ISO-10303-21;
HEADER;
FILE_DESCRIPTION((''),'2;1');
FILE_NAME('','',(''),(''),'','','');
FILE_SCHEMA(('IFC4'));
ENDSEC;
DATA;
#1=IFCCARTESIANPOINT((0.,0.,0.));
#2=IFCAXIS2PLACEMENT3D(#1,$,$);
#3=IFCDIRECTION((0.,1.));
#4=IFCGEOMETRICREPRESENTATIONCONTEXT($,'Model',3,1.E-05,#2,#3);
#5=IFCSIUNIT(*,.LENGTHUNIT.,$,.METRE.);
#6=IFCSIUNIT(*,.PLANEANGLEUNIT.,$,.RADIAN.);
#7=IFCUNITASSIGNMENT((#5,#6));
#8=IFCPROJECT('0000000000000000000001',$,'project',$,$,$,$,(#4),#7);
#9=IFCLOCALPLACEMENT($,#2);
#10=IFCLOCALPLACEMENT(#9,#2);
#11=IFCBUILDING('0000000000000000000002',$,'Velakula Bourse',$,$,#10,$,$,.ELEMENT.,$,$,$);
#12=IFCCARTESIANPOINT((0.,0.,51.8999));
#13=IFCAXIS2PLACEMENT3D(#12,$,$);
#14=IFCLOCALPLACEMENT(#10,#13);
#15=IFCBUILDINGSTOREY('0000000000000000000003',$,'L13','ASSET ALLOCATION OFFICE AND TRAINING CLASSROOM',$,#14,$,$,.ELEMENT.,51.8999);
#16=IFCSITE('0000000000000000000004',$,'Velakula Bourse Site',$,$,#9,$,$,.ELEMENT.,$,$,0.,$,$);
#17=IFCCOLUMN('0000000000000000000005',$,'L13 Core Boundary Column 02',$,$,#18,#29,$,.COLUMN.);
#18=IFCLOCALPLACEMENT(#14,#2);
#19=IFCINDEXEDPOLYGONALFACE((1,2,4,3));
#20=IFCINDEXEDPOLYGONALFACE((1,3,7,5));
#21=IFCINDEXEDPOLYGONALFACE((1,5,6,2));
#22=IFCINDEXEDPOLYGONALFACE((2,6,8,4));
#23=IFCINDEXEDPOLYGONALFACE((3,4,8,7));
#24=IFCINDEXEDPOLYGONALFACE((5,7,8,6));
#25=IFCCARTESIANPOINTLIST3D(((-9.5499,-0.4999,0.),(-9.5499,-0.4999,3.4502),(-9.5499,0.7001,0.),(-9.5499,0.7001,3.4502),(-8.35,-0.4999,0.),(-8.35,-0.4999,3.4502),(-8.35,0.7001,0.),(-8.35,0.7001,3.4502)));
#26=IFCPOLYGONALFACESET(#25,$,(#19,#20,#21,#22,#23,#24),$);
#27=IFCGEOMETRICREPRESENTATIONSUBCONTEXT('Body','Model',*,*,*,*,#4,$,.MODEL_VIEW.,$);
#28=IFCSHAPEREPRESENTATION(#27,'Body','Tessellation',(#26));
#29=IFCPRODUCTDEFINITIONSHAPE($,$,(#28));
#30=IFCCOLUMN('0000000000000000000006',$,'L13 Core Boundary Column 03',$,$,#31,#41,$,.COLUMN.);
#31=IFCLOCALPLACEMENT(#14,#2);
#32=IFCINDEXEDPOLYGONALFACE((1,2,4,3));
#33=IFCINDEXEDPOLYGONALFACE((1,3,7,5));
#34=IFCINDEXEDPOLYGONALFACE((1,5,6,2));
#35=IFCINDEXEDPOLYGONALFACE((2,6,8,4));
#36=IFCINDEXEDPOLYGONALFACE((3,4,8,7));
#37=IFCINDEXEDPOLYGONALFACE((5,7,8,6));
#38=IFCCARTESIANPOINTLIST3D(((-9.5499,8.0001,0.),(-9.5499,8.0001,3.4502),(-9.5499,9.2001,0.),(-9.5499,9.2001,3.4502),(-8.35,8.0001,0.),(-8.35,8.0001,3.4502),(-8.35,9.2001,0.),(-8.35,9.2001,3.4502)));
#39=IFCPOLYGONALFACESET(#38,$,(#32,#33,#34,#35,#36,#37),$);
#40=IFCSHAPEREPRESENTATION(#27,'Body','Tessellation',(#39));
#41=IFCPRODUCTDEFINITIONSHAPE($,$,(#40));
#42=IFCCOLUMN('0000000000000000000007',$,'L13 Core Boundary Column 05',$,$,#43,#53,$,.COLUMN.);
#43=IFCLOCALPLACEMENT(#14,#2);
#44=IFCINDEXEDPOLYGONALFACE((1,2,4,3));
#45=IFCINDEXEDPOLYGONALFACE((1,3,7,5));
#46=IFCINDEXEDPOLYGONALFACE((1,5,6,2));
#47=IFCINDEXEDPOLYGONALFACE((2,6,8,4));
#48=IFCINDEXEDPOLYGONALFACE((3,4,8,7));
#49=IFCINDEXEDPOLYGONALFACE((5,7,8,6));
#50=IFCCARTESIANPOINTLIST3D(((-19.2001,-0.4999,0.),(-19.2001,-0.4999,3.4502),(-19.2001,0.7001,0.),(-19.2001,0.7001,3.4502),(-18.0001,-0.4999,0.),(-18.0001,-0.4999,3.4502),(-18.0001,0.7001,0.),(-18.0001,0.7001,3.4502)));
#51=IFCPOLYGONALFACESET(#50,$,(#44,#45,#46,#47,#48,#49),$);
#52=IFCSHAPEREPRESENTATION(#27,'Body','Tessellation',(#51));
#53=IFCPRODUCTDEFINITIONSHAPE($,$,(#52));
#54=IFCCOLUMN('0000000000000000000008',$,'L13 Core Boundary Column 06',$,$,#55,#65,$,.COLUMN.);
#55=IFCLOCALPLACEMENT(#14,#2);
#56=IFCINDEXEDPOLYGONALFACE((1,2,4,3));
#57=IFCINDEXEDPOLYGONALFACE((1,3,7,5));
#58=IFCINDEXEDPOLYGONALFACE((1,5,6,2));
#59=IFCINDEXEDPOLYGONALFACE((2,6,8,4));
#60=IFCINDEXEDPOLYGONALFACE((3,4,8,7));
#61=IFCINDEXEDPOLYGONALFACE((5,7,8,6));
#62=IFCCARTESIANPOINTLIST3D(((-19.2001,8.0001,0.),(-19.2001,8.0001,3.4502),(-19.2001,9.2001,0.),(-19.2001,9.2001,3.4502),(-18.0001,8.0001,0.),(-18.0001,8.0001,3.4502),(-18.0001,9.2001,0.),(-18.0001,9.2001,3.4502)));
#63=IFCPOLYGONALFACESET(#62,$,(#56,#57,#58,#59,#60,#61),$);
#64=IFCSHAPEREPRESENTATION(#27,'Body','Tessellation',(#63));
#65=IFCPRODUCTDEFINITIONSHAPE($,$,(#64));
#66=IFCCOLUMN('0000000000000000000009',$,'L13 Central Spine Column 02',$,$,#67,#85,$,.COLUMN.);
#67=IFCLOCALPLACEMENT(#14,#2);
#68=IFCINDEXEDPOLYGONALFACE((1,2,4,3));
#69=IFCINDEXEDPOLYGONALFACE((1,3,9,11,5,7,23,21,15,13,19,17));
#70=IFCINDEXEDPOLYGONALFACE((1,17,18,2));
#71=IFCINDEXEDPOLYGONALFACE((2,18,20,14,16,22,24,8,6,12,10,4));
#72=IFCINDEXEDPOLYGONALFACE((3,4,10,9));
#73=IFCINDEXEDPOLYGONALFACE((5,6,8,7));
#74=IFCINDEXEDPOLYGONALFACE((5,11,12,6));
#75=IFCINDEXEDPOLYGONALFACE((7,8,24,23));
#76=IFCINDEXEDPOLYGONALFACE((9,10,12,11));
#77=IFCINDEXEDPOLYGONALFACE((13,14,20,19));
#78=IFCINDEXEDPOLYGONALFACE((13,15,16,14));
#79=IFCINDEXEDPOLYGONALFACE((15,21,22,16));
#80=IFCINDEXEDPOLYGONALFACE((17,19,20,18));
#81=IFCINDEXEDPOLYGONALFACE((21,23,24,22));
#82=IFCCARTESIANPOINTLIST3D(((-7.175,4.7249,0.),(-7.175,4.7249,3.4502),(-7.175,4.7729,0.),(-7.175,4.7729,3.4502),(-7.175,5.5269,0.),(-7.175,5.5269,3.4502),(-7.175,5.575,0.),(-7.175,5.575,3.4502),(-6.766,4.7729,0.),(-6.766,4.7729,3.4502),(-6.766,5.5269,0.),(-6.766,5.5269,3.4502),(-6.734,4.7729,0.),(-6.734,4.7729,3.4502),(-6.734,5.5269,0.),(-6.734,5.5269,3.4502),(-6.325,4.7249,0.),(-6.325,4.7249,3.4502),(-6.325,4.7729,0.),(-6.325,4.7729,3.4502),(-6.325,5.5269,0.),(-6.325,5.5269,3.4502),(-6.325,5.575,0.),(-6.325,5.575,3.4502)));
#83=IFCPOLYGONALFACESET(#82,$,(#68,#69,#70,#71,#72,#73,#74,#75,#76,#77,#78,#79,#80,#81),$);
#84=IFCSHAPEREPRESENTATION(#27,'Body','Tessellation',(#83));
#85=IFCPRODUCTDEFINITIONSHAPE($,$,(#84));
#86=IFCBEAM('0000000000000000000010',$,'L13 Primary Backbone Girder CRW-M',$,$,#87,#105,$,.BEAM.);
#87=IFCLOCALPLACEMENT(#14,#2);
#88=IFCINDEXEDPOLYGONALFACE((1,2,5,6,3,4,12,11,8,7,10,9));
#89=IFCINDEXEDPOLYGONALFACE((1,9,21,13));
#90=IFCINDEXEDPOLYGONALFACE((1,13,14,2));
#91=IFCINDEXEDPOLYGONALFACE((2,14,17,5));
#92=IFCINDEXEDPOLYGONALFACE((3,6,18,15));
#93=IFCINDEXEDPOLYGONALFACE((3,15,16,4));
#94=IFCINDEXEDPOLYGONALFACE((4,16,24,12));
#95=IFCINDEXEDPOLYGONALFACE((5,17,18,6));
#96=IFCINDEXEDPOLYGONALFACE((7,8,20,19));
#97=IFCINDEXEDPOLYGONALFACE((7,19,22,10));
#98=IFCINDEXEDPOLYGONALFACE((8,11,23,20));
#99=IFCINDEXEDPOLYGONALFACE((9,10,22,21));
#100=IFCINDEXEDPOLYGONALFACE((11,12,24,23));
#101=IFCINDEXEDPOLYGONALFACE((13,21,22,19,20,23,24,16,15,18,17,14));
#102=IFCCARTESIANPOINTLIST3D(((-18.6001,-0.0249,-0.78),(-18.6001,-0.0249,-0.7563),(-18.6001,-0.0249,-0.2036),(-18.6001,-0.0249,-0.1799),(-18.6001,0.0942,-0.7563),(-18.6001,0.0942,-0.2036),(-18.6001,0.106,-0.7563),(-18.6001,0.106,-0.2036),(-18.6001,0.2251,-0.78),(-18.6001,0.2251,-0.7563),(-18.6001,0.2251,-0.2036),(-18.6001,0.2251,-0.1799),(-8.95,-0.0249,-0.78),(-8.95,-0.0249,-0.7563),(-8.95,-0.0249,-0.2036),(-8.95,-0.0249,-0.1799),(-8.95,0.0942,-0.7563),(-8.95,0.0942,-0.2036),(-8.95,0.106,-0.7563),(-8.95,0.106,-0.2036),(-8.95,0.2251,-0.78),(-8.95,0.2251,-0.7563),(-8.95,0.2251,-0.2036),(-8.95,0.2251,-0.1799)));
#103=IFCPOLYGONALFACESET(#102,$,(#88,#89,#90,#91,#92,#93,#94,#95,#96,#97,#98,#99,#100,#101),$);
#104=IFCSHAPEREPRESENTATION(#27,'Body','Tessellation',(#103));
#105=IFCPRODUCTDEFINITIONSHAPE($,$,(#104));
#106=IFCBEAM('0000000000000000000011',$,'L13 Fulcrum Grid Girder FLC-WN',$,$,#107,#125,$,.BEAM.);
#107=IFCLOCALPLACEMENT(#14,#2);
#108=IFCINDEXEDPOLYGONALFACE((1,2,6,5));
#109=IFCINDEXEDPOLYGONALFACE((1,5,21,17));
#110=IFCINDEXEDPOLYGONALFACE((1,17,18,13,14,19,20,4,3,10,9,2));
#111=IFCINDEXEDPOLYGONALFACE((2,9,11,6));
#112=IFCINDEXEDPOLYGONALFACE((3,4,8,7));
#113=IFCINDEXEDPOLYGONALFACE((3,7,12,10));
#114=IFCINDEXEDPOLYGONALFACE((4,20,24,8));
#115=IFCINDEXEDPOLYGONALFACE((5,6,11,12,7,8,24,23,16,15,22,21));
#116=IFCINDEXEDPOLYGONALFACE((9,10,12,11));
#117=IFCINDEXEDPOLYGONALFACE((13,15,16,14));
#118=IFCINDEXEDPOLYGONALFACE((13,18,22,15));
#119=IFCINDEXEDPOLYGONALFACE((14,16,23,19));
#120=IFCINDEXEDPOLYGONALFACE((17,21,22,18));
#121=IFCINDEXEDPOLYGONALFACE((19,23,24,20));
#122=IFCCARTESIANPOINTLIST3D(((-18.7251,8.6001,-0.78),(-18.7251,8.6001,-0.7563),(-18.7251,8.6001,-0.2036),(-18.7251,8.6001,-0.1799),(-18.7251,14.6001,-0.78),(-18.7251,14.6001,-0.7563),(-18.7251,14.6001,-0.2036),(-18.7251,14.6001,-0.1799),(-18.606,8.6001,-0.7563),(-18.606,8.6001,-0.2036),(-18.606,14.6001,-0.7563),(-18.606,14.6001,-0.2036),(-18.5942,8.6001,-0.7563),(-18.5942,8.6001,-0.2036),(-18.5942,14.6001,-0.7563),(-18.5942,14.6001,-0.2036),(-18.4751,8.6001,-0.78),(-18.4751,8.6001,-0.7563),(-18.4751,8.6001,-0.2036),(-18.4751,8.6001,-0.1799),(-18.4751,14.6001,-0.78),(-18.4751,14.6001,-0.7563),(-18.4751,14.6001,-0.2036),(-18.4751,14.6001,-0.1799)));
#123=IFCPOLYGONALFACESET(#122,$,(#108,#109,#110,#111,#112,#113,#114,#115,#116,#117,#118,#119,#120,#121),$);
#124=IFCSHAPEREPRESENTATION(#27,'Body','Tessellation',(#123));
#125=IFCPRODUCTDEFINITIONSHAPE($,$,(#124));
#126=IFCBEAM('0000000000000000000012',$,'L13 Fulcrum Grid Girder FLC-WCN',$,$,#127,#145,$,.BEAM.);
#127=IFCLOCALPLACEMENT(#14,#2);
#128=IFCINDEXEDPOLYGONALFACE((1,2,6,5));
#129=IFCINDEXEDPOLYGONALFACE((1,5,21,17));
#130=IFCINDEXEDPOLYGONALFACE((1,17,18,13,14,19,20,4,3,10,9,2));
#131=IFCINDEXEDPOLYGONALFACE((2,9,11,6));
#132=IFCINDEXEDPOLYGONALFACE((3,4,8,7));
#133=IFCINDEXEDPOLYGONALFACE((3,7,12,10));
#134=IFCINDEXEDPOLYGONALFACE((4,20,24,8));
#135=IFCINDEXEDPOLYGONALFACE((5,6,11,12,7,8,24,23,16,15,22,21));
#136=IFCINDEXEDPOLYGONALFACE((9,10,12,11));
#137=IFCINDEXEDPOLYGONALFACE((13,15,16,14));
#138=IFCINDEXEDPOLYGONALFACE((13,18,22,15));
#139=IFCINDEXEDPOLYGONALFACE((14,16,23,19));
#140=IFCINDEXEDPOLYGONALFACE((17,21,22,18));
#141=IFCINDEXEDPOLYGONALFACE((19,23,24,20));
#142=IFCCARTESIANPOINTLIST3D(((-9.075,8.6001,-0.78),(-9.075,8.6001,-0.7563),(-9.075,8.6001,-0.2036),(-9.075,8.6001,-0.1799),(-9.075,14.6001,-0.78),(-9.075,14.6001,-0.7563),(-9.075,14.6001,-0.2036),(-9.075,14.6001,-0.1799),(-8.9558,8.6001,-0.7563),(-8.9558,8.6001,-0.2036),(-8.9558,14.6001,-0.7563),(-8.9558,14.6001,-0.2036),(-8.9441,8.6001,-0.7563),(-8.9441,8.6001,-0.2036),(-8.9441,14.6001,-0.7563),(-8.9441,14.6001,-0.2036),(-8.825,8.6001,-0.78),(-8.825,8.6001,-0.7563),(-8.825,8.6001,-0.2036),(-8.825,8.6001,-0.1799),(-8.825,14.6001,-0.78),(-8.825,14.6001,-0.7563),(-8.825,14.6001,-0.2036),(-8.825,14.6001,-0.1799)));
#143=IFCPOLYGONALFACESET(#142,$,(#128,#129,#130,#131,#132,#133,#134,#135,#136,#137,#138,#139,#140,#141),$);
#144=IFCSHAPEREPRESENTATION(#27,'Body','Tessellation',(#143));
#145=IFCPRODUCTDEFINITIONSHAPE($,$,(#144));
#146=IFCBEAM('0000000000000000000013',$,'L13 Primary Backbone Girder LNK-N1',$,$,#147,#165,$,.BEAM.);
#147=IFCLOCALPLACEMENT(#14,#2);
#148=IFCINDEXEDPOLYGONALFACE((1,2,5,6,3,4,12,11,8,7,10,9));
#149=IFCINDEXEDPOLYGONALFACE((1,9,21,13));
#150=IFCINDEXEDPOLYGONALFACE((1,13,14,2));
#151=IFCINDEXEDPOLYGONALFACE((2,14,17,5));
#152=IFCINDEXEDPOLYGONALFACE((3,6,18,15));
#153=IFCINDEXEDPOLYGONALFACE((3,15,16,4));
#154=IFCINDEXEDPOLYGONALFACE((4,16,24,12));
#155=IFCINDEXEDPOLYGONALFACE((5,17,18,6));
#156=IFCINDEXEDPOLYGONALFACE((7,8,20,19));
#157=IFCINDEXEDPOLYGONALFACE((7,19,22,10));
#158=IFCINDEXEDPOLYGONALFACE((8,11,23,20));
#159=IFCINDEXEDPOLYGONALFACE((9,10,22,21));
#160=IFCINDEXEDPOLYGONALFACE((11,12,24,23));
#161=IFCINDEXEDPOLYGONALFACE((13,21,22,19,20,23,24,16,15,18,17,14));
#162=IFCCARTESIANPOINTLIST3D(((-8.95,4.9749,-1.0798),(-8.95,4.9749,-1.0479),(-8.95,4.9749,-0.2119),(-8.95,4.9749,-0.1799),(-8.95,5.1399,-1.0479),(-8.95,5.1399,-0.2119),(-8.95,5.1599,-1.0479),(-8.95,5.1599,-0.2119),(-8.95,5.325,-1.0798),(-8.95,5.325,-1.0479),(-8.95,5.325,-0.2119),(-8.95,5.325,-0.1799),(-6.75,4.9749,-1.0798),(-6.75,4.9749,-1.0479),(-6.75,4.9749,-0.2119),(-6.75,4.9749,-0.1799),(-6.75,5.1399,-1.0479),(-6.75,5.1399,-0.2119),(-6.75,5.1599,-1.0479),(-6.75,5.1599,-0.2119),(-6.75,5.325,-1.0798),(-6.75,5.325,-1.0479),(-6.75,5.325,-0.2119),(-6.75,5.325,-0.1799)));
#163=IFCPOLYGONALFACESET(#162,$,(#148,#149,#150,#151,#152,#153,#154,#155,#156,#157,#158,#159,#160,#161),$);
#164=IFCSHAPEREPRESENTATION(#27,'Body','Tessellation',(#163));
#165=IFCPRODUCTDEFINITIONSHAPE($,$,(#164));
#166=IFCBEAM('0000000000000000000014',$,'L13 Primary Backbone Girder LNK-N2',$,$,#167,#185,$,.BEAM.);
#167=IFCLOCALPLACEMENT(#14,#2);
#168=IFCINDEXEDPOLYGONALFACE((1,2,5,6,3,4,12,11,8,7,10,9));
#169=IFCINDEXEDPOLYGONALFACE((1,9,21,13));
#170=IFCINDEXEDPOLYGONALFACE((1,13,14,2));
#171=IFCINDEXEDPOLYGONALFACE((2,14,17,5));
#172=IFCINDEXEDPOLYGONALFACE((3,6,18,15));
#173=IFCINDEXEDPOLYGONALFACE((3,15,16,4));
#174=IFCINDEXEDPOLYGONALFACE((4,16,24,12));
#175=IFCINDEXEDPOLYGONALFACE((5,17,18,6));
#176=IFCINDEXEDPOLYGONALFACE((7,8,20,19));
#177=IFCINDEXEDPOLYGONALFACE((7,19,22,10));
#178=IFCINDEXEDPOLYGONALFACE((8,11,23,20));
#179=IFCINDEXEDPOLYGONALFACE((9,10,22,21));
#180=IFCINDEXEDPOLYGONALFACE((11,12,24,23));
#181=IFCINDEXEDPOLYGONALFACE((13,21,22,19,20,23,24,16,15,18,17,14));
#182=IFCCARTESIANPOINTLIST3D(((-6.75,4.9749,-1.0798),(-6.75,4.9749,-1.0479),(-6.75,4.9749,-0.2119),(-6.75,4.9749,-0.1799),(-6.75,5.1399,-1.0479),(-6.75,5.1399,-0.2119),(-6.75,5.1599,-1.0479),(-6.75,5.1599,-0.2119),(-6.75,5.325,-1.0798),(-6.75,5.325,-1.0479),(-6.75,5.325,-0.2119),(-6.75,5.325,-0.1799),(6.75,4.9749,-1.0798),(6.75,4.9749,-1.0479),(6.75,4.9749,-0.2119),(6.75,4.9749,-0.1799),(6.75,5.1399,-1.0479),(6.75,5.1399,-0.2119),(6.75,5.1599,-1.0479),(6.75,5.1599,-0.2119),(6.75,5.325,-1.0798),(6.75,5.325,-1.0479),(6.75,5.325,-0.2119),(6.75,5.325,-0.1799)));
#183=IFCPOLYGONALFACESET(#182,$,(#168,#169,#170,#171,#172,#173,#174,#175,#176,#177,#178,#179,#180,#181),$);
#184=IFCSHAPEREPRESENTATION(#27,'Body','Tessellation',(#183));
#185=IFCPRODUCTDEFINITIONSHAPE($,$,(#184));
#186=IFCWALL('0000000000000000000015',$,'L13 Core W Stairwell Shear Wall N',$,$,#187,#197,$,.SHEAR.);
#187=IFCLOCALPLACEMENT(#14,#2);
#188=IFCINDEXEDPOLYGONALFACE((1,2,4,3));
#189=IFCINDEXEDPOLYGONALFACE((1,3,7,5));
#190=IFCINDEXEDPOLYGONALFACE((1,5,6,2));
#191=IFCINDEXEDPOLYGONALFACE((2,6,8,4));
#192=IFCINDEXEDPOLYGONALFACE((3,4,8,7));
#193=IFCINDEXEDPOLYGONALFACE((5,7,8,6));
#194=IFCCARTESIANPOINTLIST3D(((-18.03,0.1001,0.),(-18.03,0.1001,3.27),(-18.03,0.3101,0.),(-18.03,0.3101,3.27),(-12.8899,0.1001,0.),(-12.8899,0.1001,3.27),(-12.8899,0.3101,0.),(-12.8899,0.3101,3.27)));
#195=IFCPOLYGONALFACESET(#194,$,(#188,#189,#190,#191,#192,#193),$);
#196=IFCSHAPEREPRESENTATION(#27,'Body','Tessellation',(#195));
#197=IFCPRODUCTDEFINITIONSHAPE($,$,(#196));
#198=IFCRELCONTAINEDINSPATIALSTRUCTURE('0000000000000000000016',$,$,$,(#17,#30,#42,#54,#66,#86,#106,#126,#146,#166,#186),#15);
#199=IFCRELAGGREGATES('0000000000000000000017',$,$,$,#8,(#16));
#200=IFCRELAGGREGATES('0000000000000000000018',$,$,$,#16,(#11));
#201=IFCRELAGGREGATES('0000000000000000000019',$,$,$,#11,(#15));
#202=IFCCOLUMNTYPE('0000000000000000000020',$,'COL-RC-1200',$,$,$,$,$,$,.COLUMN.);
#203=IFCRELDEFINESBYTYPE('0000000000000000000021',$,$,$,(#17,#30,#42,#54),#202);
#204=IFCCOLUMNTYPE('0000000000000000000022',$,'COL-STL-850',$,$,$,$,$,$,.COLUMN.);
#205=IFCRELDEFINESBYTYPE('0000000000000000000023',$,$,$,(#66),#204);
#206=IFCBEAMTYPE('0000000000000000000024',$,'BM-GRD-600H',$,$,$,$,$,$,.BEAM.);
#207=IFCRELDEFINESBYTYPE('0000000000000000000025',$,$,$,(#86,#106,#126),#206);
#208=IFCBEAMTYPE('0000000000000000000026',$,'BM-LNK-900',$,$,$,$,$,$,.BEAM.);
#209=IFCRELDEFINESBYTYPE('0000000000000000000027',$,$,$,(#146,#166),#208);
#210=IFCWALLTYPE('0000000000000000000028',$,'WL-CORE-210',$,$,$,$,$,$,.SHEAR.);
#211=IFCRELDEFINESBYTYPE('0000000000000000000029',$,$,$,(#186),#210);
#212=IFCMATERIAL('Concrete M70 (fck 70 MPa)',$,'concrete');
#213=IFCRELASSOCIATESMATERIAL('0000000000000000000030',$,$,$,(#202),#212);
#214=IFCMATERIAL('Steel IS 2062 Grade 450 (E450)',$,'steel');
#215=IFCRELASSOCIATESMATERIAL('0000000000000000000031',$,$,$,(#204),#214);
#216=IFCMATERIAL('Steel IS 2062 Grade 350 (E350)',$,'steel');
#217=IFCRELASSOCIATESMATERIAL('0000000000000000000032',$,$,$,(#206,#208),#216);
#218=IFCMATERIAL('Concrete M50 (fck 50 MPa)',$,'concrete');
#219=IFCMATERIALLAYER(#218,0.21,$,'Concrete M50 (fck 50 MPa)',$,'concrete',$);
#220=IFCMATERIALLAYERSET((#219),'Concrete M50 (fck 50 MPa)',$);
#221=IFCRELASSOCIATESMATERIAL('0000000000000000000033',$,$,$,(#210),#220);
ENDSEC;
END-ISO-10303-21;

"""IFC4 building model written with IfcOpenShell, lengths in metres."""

from ifc_helpers import new_model, si_unit, direction, frame, frame_2d, origin, origin_2d, place, context, subcontext, project, spatial, rectangle, i_section, extrude, material, layer, layer_set, material_profile, profile_set, type_object, element, save


model = new_model("IFC4")

# Units and contexts
model_context = context("Model", 3, precision=1e-05, world=origin(), true_north=direction((0.0, 1.0)))
body_context = subcontext(model_context, "Body", "Model", "MODEL_VIEW")
ifc_project = project(units=[si_unit("LENGTHUNIT", "METRE"), si_unit("PLANEANGLEUNIT", "RADIAN")], contexts=[model_context])

# Site, building, storey
site_placement = place(None, origin())
site = spatial("IfcSite", under=ifc_project, at=site_placement, Name="Velakula Bourse Site", CompositionType="ELEMENT", RefElevation=0.0)
building_placement = place(site_placement, origin())
building = spatial("IfcBuilding", under=site, at=building_placement, Name="Velakula Bourse", CompositionType="ELEMENT")
storey_placement = place(building_placement, frame((0.0, 0.0, 51.8999)))
storey = spatial("IfcBuildingStorey", under=building, at=storey_placement, Name="L13", Description="ASSET ALLOCATION OFFICE AND TRAINING CLASSROOM", CompositionType="ELEMENT", Elevation=51.8999)

# Columns
ifc_material_1 = material(Name="Concrete M70 (fck 70 MPa)", Category="concrete")
ifc_material_profile_1 = material_profile(ifc_material_1, rectangle(XDim=1.2, YDim=1.2, at=origin_2d()), Name="Concrete M70 (fck 70 MPa)")
ifc_profile_set_1 = profile_set([ifc_material_profile_1], Name="Concrete M70 (fck 70 MPa)")
column_type_1 = type_object("IfcColumnType", Name="COL-RC-1200", PredefinedType="COLUMN", material=ifc_profile_set_1)
for number, where, z_axis, x_axis, name in (
    (1, (-8.95, 0.1001, 0.0), (0.0, 0.0, 1.0), (1.0, 0.0, 0.0), "L13 Core Boundary Column 02"),
    (2, (-8.95, 8.6001, 0.0), (0.0, 0.0, 1.0), (1.0, 0.0, 0.0), "L13 Core Boundary Column 03"),
    (3, (-18.6001, 0.1001, 0.0), (0.0, 0.0, 1.0), (1.0, 0.0, 0.0), "L13 Core Boundary Column 05"),
    (4, (-18.6001, 8.6001, 0.0), (0.0, 0.0, 1.0), (1.0, 0.0, 0.0), "L13 Core Boundary Column 06"),
):
    element("IfcColumn", number, at=place(storey_placement, frame(where, z_axis=z_axis, x_axis=x_axis)), inside=storey, type_object=column_type_1, Name=name, PredefinedType="COLUMN", context=body_context, shape_type="SweptSolid", body=[
        extrude(rectangle(XDim=1.2, YDim=1.2, at=origin_2d()), origin(), (0.0, 0.0, 1.0), 3.4502),
    ])
ifc_material_2 = material(Name="Steel IS 2062 Grade 450 (E450)", Category="steel")
ifc_material_profile_2 = material_profile(ifc_material_2, i_section(OverallWidth=0.8501, OverallDepth=0.8501, WebThickness=0.032, FlangeThickness=0.0481, at=origin_2d()), Name="Steel IS 2062 Grade 450 (E450)")
ifc_profile_set_2 = profile_set([ifc_material_profile_2], Name="Steel IS 2062 Grade 450 (E450)")
column_type_2 = type_object("IfcColumnType", Name="COL-STL-850", PredefinedType="COLUMN", material=ifc_profile_set_2)
column_placement = place(storey_placement, frame((-6.75, 5.1499, 0.0), z_axis=(0.0, 0.0, 1.0), x_axis=(1.0, 0.0, 0.0)))
element("IfcColumn", 5, at=column_placement, inside=storey, type_object=column_type_2, Name="L13 Central Spine Column 02", PredefinedType="COLUMN", context=body_context, shape_type="SweptSolid", body=[
    extrude(i_section(OverallWidth=0.8501, OverallDepth=0.8501, WebThickness=0.032, FlangeThickness=0.0481, at=origin_2d()), origin(), (0.0, 0.0, 1.0), 3.4502),
])

# Beams
ifc_material_3 = material(Name="Steel IS 2062 Grade 350 (E350)", Category="steel")
ifc_material_profile_3 = material_profile(ifc_material_3, i_section(OverallWidth=0.25, OverallDepth=0.6001, WebThickness=0.0117, FlangeThickness=0.0237, at=origin_2d()), Name="Steel IS 2062 Grade 350 (E350)")
ifc_profile_set_3 = profile_set([ifc_material_profile_3], Name="Steel IS 2062 Grade 350 (E350)")
beam_type_1 = type_object("IfcBeamType", Name="BM-GRD-600H", PredefinedType="BEAM", material=ifc_profile_set_3)
beam_1_placement = place(storey_placement, frame((-18.6001, 0.1001, -0.48), z_axis=(1.0, 0.0, 0.0), x_axis=(0.0, 1.0, 0.0)))
element("IfcBeam", 6, at=beam_1_placement, inside=storey, type_object=beam_type_1, Name="L13 Primary Backbone Girder CRW-M", PredefinedType="BEAM", context=body_context, shape_type="SweptSolid", body=[
    extrude(i_section(OverallWidth=0.25, OverallDepth=0.6001, WebThickness=0.0117, FlangeThickness=0.0237, at=origin_2d()), origin(), (0.0, 0.0, 1.0), 9.6501),
])
for number, where, z_axis, x_axis, name in (
    (7, (-18.6001, 8.6001, -0.48), (0.0, 1.0, 0.0), (-1.0, 0.0, 0.0), "L13 Fulcrum Grid Girder FLC-WN"),
    (8, (-8.95, 8.6001, -0.48), (0.0, 1.0, 0.0), (-1.0, 0.0, 0.0), "L13 Fulcrum Grid Girder FLC-WCN"),
):
    element("IfcBeam", number, at=place(storey_placement, frame(where, z_axis=z_axis, x_axis=x_axis)), inside=storey, type_object=beam_type_1, Name=name, PredefinedType="BEAM", context=body_context, shape_type="SweptSolid", body=[
        extrude(i_section(OverallWidth=0.25, OverallDepth=0.6001, WebThickness=0.0117, FlangeThickness=0.0237, at=origin_2d()), origin(), (0.0, 0.0, 1.0), 6.0),
    ])
ifc_material_profile_4 = material_profile(ifc_material_3, i_section(OverallWidth=0.3501, OverallDepth=0.8999, WebThickness=0.02, FlangeThickness=0.032, at=origin_2d()), Name="Steel IS 2062 Grade 350 (E350)")
ifc_profile_set_4 = profile_set([ifc_material_profile_4], Name="Steel IS 2062 Grade 350 (E350)")
beam_type_2 = type_object("IfcBeamType", Name="BM-LNK-900", PredefinedType="BEAM", material=ifc_profile_set_4)
beam_2_placement = place(storey_placement, frame((-8.95, 5.1499, -0.6299), z_axis=(1.0, 0.0, 0.0), x_axis=(0.0, 1.0, 0.0)))
element("IfcBeam", 9, at=beam_2_placement, inside=storey, type_object=beam_type_2, Name="L13 Primary Backbone Girder LNK-N1", PredefinedType="BEAM", context=body_context, shape_type="SweptSolid", body=[
    extrude(i_section(OverallWidth=0.3501, OverallDepth=0.8999, WebThickness=0.02, FlangeThickness=0.032, at=origin_2d()), origin(), (0.0, 0.0, 1.0), 2.2),
])
beam_3_placement = place(storey_placement, frame((-6.75, 5.1499, -0.6299), z_axis=(1.0, 0.0, 0.0), x_axis=(0.0, 1.0, 0.0)))
element("IfcBeam", 10, at=beam_3_placement, inside=storey, type_object=beam_type_2, Name="L13 Primary Backbone Girder LNK-N2", PredefinedType="BEAM", context=body_context, shape_type="SweptSolid", body=[
    extrude(i_section(OverallWidth=0.3501, OverallDepth=0.8999, WebThickness=0.02, FlangeThickness=0.032, at=origin_2d()), origin(), (0.0, 0.0, 1.0), 13.5),
])

# Wall
ifc_material_4 = material(Name="Concrete M50 (fck 50 MPa)", Category="concrete")
ifc_layer_1 = layer(ifc_material_4, 0.21, Name="Concrete M50 (fck 50 MPa)", Category="concrete")
ifc_layer_set_1 = layer_set([ifc_layer_1], Name="Concrete M50 (fck 50 MPa)")
wall_type_1 = type_object("IfcWallType", Name="WL-CORE-210", PredefinedType="SHEAR", material=ifc_layer_set_1)
wall_1_placement = place(storey_placement, frame((-12.8899, 0.2051, 0.0), z_axis=(0.0, 0.0, 1.0), x_axis=(-1.0, 0.0, 0.0)))
element("IfcWall", 11, at=wall_1_placement, inside=storey, type_object=wall_type_1, Name="L13 Core W Stairwell Shear Wall N", PredefinedType="SHEAR", context=body_context, shape_type="SweptSolid", body=[
    extrude(rectangle(XDim=5.1401, YDim=0.21, at=frame_2d((2.5701, 0.0))), origin(), (0.0, 0.0, 1.0), 3.27),
])

save(model, "model.ifc")
